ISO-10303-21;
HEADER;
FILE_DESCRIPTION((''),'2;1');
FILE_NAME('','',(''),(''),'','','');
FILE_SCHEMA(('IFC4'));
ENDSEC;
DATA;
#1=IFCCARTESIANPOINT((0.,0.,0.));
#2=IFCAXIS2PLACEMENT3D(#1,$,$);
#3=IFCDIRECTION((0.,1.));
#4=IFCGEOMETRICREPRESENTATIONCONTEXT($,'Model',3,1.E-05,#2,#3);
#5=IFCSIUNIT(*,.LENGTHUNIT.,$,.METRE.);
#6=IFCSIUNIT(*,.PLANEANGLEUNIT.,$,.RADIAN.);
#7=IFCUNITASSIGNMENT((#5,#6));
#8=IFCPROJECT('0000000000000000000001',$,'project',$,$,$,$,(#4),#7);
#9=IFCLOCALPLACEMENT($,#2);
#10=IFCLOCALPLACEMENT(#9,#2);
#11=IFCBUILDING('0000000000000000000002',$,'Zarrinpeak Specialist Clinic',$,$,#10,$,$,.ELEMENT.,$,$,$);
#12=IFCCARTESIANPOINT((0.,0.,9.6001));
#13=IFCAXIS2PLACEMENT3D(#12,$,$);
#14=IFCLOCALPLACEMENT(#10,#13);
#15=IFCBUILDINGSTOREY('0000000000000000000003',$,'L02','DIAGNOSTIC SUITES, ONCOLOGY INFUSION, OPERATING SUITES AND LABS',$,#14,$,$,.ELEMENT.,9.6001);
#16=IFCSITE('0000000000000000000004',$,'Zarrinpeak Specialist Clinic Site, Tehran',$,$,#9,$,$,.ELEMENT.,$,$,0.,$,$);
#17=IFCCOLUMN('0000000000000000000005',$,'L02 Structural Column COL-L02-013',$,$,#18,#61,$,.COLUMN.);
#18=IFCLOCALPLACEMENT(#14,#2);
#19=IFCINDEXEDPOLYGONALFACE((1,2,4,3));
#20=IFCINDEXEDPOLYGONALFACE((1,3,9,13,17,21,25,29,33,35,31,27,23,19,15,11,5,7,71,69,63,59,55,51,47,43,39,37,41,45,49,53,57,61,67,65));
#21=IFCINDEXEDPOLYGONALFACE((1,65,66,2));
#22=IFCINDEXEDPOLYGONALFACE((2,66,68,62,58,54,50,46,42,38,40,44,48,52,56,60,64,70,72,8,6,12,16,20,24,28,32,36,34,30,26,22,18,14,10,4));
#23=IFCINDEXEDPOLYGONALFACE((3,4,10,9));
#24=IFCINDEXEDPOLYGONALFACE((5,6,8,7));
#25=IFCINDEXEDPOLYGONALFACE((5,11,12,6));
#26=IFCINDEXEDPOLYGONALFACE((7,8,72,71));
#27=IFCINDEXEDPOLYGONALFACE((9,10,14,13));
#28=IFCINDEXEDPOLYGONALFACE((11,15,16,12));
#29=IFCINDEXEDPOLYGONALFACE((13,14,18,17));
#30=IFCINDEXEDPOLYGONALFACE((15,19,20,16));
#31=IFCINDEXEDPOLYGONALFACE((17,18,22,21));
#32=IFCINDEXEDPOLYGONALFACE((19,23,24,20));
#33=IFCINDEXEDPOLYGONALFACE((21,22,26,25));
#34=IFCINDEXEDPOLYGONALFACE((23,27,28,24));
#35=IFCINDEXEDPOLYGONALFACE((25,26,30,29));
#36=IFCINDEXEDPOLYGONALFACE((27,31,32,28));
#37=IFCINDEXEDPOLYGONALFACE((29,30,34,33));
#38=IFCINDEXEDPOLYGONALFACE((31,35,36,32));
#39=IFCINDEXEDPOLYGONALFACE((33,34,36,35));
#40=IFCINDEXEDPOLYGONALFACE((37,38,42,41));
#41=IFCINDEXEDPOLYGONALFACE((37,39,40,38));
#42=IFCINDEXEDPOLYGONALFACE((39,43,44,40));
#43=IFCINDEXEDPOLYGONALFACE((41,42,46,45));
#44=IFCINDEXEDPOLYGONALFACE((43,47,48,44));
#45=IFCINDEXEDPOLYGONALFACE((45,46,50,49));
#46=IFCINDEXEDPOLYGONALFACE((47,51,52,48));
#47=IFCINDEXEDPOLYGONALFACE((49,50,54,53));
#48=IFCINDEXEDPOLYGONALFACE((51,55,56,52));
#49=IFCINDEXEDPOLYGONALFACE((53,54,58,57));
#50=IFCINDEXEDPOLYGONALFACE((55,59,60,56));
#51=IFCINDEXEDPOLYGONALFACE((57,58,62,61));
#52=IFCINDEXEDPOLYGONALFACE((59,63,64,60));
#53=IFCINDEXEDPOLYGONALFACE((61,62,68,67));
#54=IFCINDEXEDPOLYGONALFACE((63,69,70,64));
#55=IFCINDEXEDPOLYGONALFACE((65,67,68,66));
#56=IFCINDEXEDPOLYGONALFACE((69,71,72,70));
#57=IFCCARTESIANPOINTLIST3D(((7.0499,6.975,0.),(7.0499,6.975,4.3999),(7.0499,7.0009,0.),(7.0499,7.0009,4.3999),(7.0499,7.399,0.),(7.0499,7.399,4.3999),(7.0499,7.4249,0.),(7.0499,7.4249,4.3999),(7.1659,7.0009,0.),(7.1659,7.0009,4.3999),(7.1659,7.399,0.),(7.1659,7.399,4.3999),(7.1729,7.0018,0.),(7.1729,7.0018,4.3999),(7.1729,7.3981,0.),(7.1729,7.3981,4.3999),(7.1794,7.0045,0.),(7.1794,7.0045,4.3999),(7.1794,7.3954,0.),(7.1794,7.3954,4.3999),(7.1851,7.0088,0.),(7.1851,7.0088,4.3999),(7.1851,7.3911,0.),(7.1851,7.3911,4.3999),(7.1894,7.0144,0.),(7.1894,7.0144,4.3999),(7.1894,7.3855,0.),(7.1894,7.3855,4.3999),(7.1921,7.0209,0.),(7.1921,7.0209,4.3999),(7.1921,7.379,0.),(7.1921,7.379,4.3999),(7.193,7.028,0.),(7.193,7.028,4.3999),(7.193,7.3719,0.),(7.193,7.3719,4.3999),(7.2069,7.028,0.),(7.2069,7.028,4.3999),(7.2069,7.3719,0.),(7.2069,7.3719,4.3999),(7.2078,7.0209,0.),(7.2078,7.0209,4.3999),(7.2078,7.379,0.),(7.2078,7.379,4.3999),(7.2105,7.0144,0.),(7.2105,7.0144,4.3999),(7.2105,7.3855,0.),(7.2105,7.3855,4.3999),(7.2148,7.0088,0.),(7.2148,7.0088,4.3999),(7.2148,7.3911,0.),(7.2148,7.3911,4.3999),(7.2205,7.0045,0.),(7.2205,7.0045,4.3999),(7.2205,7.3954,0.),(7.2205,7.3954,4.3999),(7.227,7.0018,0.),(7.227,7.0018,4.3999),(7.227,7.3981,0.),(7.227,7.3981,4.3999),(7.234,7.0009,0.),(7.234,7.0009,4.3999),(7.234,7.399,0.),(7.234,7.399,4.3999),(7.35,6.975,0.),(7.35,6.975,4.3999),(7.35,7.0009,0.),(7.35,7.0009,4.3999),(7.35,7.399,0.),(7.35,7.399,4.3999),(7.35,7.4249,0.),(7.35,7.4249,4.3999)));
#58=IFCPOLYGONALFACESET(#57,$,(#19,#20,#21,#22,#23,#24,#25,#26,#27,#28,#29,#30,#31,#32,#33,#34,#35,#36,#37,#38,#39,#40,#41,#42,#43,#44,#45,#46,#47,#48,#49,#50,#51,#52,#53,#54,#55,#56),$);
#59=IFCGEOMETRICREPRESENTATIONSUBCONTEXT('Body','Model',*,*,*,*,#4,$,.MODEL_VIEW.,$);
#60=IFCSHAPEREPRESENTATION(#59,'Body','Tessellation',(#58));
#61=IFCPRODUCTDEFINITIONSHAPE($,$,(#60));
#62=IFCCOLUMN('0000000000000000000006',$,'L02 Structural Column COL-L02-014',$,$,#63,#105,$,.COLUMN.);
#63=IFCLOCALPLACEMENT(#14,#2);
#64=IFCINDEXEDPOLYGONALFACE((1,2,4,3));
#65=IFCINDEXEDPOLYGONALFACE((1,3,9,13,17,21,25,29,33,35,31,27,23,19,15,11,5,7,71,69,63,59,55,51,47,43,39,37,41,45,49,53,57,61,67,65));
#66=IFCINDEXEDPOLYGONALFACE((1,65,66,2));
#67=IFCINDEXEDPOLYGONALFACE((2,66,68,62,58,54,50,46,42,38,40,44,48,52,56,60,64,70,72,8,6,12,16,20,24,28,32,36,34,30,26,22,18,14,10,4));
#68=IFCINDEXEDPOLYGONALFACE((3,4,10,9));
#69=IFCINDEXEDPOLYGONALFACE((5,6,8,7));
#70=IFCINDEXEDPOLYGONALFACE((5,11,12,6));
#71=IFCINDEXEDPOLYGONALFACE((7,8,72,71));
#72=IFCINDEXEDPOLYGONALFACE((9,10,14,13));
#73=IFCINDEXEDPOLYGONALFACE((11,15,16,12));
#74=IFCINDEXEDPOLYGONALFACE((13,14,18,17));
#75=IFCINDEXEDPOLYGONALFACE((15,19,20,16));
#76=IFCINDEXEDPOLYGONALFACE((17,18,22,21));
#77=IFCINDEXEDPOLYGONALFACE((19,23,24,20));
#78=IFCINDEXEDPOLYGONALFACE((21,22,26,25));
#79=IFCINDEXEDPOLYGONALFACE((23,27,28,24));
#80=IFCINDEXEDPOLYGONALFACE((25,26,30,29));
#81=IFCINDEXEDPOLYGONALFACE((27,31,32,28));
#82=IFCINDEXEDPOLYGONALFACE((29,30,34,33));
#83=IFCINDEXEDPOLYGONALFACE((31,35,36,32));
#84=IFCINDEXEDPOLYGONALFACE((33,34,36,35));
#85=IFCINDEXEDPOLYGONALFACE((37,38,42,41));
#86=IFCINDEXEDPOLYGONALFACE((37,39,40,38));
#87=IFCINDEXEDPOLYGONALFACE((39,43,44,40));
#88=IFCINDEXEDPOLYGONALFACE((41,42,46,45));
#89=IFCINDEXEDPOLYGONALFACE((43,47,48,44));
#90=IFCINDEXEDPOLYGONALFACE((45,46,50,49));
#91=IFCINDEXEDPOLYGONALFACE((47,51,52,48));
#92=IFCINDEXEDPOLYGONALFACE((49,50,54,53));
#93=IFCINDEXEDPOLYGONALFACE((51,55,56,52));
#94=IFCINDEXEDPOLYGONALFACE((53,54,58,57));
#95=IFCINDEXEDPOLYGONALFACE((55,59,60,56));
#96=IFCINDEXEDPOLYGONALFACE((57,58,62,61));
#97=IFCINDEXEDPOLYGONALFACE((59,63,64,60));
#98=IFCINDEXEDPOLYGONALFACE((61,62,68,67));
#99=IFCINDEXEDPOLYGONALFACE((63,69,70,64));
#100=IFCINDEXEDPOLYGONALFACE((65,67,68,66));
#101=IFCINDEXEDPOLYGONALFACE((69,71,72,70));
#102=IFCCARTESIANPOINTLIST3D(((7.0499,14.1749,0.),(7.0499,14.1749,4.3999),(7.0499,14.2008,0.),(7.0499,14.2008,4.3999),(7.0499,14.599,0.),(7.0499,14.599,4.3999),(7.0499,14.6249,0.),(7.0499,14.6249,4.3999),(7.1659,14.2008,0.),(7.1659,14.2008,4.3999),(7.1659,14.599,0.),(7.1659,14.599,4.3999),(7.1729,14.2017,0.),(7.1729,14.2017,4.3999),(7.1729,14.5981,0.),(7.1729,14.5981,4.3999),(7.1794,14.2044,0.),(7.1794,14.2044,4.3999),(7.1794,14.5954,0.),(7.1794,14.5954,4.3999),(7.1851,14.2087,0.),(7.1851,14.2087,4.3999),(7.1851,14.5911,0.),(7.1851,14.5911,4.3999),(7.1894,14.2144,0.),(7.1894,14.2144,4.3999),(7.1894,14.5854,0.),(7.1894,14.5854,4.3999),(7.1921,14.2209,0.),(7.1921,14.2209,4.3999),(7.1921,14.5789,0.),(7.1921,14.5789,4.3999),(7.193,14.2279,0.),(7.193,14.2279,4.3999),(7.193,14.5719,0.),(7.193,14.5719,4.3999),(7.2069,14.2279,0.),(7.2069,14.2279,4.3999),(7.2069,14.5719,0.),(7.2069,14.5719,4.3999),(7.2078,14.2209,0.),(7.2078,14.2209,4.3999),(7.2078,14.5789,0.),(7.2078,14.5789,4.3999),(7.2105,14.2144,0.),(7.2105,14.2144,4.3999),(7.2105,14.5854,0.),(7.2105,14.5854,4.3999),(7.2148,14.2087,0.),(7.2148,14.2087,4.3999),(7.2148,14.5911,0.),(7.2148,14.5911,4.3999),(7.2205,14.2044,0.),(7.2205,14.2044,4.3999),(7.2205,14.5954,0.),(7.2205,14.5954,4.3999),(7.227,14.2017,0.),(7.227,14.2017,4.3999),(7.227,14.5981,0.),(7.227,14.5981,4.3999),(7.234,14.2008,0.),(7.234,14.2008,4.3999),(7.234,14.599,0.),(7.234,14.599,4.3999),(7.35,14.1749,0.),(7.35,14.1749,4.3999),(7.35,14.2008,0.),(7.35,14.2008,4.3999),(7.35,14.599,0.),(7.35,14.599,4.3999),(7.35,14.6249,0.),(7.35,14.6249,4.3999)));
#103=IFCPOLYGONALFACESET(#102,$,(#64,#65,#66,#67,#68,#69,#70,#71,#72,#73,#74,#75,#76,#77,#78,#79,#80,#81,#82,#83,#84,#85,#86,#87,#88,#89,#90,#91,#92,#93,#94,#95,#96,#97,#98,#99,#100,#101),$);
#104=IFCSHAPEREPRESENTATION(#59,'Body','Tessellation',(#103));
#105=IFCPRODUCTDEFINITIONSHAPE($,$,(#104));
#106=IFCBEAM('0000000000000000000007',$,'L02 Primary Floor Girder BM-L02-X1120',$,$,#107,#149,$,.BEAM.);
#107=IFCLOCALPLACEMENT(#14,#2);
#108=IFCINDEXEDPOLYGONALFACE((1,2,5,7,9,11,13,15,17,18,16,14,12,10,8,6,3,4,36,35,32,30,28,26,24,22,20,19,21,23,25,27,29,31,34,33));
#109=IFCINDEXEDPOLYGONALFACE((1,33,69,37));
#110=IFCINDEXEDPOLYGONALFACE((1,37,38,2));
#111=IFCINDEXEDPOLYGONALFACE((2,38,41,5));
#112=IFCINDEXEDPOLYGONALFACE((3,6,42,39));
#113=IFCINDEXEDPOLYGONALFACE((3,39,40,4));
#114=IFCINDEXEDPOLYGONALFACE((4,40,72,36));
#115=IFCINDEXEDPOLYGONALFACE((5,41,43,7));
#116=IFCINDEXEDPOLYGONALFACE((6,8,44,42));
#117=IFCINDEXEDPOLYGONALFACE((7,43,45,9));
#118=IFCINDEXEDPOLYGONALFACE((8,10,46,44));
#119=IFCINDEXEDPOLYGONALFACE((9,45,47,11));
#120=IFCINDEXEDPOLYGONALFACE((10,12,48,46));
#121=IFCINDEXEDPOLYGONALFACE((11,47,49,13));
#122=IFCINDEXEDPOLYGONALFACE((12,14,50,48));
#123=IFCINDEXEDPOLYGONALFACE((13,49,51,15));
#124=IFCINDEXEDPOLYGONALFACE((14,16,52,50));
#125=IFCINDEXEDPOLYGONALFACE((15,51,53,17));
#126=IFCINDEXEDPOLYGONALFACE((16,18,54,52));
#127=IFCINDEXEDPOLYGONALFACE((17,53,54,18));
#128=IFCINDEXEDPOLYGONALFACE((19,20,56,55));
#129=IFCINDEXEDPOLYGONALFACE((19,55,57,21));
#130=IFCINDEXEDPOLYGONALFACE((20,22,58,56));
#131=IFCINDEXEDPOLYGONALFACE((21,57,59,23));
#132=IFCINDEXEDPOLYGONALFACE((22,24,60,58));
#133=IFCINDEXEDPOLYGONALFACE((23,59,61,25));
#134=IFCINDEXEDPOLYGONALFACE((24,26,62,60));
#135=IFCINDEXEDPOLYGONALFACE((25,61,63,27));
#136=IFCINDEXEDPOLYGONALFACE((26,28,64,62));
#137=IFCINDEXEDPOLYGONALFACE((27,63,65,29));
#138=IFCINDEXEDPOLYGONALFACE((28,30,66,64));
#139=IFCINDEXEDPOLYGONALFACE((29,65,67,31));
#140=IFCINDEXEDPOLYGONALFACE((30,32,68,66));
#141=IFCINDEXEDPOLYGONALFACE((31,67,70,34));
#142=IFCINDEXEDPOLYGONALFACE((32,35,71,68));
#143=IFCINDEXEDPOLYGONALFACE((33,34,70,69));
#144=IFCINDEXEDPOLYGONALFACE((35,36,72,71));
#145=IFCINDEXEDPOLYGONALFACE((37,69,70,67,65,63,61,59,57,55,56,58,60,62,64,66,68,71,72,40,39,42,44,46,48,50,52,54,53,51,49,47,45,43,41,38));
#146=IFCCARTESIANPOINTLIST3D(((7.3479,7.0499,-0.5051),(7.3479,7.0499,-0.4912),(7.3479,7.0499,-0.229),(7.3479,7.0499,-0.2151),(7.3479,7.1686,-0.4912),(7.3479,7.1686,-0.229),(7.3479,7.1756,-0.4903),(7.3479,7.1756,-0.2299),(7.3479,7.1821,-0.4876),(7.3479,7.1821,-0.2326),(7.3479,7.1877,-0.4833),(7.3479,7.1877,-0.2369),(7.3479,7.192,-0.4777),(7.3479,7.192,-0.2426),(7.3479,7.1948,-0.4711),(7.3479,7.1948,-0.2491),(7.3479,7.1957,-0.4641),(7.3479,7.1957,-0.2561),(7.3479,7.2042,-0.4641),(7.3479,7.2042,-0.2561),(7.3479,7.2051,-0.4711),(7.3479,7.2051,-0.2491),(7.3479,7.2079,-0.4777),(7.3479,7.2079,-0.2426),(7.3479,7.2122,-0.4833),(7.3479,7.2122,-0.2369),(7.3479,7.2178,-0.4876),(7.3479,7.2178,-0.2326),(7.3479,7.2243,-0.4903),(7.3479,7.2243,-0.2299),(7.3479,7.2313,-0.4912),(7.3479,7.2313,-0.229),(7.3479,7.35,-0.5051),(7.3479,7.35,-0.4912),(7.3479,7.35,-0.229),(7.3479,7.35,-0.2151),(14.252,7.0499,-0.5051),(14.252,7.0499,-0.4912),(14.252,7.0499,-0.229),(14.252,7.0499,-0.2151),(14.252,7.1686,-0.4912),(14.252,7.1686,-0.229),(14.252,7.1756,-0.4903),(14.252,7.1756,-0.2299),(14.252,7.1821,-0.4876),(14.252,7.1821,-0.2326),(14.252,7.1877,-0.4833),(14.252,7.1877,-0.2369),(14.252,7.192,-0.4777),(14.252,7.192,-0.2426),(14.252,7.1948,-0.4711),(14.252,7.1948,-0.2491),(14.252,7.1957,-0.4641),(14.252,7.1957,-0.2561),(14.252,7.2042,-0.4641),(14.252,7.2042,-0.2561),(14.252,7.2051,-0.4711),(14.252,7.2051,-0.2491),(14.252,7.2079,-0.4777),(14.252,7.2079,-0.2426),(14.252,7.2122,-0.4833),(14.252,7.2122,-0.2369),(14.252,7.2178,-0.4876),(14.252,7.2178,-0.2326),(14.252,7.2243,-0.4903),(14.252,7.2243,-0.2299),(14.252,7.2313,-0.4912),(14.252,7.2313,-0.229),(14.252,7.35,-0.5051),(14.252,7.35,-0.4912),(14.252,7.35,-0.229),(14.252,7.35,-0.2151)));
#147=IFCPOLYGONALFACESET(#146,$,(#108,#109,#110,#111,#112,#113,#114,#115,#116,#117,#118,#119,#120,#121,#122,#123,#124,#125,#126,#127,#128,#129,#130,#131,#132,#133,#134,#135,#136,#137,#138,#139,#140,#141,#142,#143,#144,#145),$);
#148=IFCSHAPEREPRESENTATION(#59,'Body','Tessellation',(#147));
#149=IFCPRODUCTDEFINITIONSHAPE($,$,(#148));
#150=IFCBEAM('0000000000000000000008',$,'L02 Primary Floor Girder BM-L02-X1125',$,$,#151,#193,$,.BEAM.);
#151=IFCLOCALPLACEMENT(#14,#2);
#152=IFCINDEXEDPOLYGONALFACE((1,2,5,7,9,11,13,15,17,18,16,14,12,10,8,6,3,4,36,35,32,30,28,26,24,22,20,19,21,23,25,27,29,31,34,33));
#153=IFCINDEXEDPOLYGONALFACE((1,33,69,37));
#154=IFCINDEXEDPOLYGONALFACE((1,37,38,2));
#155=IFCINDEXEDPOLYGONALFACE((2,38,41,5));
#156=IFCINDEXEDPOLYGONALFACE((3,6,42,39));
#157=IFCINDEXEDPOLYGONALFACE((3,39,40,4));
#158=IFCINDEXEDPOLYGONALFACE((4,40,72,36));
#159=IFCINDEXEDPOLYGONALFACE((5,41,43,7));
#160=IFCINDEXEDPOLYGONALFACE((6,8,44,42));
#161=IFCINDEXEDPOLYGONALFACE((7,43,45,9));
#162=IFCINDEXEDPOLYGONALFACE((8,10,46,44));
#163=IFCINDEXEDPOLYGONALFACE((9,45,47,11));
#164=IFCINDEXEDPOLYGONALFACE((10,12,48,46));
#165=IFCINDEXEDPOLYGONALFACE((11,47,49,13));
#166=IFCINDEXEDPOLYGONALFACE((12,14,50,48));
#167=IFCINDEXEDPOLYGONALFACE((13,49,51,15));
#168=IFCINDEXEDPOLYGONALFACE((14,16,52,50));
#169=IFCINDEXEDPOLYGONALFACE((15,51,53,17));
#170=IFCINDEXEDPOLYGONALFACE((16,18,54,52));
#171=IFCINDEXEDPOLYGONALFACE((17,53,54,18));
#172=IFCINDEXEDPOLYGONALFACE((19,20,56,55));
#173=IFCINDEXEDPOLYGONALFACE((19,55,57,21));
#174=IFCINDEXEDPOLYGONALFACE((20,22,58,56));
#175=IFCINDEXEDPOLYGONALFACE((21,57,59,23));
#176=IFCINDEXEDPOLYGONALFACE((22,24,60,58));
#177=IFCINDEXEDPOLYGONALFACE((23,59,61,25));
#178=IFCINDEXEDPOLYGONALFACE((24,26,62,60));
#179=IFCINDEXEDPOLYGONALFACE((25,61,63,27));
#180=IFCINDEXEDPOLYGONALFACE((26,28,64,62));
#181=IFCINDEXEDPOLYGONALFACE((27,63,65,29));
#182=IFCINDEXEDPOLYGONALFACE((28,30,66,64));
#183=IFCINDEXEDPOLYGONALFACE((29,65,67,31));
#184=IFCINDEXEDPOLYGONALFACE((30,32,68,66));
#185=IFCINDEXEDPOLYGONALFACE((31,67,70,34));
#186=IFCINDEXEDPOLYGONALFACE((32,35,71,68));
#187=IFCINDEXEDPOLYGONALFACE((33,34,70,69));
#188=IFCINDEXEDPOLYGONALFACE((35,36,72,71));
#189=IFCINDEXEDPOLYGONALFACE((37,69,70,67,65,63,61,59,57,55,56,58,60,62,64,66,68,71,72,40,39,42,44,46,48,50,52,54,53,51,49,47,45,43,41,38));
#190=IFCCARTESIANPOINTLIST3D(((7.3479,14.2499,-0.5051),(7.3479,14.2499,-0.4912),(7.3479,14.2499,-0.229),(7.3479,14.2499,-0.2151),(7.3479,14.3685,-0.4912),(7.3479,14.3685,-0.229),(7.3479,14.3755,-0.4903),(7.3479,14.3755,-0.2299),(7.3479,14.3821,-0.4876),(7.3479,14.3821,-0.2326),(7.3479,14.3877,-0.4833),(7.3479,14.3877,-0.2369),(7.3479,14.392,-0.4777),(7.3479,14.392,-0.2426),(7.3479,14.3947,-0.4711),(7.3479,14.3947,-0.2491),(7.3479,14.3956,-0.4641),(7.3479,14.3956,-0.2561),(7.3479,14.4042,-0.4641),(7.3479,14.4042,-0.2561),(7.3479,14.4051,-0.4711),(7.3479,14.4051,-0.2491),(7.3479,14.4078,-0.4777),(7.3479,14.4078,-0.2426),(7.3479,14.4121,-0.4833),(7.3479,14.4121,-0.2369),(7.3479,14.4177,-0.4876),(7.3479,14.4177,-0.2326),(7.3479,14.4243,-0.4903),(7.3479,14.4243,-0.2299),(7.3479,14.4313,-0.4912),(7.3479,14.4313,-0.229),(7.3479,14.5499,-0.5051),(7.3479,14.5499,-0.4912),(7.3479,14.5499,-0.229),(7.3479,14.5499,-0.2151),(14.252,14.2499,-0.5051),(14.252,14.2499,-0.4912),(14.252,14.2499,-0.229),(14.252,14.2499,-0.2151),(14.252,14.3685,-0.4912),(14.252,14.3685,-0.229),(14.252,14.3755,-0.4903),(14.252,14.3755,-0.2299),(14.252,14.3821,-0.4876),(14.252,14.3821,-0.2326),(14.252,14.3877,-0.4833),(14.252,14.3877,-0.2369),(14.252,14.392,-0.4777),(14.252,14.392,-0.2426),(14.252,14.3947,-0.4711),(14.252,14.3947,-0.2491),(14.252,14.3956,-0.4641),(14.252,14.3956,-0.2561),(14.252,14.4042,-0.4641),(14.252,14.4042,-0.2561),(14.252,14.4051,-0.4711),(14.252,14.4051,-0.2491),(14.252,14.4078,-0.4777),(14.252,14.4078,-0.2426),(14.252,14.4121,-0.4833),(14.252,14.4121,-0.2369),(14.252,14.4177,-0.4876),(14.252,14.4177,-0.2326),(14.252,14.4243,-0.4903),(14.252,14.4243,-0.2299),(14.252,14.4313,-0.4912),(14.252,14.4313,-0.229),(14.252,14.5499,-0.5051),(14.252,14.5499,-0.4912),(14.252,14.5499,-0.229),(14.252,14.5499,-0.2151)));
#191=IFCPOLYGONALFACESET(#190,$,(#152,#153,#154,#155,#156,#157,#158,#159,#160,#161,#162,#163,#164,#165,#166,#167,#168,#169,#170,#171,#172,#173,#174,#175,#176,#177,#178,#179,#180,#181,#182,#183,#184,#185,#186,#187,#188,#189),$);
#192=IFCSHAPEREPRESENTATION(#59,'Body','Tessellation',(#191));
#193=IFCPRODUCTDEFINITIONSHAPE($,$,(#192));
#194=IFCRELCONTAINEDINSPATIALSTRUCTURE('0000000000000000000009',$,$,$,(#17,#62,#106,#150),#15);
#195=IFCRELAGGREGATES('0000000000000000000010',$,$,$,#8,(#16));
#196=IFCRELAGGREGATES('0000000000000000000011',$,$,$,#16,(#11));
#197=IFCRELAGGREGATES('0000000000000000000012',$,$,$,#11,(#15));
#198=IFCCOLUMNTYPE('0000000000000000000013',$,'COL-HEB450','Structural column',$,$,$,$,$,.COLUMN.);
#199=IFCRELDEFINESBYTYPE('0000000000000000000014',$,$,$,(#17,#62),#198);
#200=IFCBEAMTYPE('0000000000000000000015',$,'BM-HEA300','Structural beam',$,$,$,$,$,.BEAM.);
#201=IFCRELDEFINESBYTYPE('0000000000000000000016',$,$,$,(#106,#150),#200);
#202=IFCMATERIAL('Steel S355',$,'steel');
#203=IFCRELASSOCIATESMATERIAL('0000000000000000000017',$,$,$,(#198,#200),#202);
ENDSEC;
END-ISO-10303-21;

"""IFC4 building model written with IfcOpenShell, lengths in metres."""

from ifc_helpers import new_model, si_unit, direction, frame, origin, origin_2d, place, context, subcontext, project, spatial, i_section, extrude, material, material_profile, profile_set, type_object, element, save


model = new_model("IFC4")

# Units and contexts
model_context = context("Model", 3, precision=1e-05, world=origin(), true_north=direction((0.0, 1.0)))
body_context = subcontext(model_context, "Body", "Model", "MODEL_VIEW")
ifc_project = project(units=[si_unit("LENGTHUNIT", "METRE"), si_unit("PLANEANGLEUNIT", "RADIAN")], contexts=[model_context])

# Site, building, storey
site_placement = place(None, origin())
site = spatial("IfcSite", under=ifc_project, at=site_placement, Name="Zarrinpeak Specialist Clinic Site, Tehran", CompositionType="ELEMENT", RefElevation=0.0)
building_placement = place(site_placement, origin())
building = spatial("IfcBuilding", under=site, at=building_placement, Name="Zarrinpeak Specialist Clinic", CompositionType="ELEMENT")
storey_placement = place(building_placement, frame((0.0, 0.0, 9.6001)))
storey = spatial("IfcBuildingStorey", under=building, at=storey_placement, Name="L02", Description="DIAGNOSTIC SUITES, ONCOLOGY INFUSION, OPERATING SUITES AND LABS", CompositionType="ELEMENT", Elevation=9.6001)

# Columns
ifc_material_1 = material(Name="Steel S355", Category="steel")
ifc_material_profile_1 = material_profile(ifc_material_1, i_section(OverallWidth=0.3, OverallDepth=0.45, WebThickness=0.0139, FlangeThickness=0.0259, FilletRadius=0.0271, at=origin_2d()), Name="HEB 450")
ifc_profile_set_1 = profile_set([ifc_material_profile_1], Name="Steel S355")
column_type = type_object("IfcColumnType", Name="COL-HEB450", Description="Structural column", PredefinedType="COLUMN", material=ifc_profile_set_1)
for number, where, z_axis, x_axis, name in (
    (1, (7.2, 7.2, 0.0), (0.0, 0.0, 1.0), (1.0, 0.0, 0.0), "L02 Structural Column COL-L02-013"),
    (2, (7.2, 14.3999, 0.0), (0.0, 0.0, 1.0), (1.0, 0.0, 0.0), "L02 Structural Column COL-L02-014"),
):
    element("IfcColumn", number, at=place(storey_placement, frame(where, z_axis=z_axis, x_axis=x_axis)), inside=storey, type_object=column_type, Name=name, PredefinedType="COLUMN", context=body_context, shape_type="SweptSolid", body=[
        extrude(i_section(OverallWidth=0.3, OverallDepth=0.45, WebThickness=0.0139, FlangeThickness=0.0259, FilletRadius=0.0271, at=origin_2d()), origin(), (0.0, 0.0, 1.0), 4.3999),
    ])

# Beams
ifc_material_profile_2 = material_profile(ifc_material_1, i_section(OverallWidth=0.3, OverallDepth=0.29, WebThickness=0.0085, FlangeThickness=0.0139, FilletRadius=0.0271, at=origin_2d()), Name="HEA 300")
ifc_profile_set_2 = profile_set([ifc_material_profile_2], Name="Steel S355")
beam_type_1 = type_object("IfcBeamType", Name="BM-HEA300", Description="Structural beam", PredefinedType="BEAM", material=ifc_profile_set_2)
for number, where, z_axis, x_axis, name in (
    (3, (7.3479, 7.2, -0.3601), (1.0, 0.0, 0.0), (0.0, 1.0, 0.0), "L02 Primary Floor Girder BM-L02-X1120"),
    (4, (7.3479, 14.3999, -0.3601), (1.0, 0.0, 0.0), (0.0, 1.0, 0.0), "L02 Primary Floor Girder BM-L02-X1125"),
):
    element("IfcBeam", number, at=place(storey_placement, frame(where, z_axis=z_axis, x_axis=x_axis)), inside=storey, type_object=beam_type_1, Name=name, PredefinedType="BEAM", context=body_context, shape_type="SweptSolid", body=[
        extrude(i_section(OverallWidth=0.3, OverallDepth=0.29, WebThickness=0.0085, FlangeThickness=0.0139, FilletRadius=0.0271, at=origin_2d()), origin(), (0.0, 0.0, 1.0), 6.9041),
    ])

save(model, "model.ifc")
